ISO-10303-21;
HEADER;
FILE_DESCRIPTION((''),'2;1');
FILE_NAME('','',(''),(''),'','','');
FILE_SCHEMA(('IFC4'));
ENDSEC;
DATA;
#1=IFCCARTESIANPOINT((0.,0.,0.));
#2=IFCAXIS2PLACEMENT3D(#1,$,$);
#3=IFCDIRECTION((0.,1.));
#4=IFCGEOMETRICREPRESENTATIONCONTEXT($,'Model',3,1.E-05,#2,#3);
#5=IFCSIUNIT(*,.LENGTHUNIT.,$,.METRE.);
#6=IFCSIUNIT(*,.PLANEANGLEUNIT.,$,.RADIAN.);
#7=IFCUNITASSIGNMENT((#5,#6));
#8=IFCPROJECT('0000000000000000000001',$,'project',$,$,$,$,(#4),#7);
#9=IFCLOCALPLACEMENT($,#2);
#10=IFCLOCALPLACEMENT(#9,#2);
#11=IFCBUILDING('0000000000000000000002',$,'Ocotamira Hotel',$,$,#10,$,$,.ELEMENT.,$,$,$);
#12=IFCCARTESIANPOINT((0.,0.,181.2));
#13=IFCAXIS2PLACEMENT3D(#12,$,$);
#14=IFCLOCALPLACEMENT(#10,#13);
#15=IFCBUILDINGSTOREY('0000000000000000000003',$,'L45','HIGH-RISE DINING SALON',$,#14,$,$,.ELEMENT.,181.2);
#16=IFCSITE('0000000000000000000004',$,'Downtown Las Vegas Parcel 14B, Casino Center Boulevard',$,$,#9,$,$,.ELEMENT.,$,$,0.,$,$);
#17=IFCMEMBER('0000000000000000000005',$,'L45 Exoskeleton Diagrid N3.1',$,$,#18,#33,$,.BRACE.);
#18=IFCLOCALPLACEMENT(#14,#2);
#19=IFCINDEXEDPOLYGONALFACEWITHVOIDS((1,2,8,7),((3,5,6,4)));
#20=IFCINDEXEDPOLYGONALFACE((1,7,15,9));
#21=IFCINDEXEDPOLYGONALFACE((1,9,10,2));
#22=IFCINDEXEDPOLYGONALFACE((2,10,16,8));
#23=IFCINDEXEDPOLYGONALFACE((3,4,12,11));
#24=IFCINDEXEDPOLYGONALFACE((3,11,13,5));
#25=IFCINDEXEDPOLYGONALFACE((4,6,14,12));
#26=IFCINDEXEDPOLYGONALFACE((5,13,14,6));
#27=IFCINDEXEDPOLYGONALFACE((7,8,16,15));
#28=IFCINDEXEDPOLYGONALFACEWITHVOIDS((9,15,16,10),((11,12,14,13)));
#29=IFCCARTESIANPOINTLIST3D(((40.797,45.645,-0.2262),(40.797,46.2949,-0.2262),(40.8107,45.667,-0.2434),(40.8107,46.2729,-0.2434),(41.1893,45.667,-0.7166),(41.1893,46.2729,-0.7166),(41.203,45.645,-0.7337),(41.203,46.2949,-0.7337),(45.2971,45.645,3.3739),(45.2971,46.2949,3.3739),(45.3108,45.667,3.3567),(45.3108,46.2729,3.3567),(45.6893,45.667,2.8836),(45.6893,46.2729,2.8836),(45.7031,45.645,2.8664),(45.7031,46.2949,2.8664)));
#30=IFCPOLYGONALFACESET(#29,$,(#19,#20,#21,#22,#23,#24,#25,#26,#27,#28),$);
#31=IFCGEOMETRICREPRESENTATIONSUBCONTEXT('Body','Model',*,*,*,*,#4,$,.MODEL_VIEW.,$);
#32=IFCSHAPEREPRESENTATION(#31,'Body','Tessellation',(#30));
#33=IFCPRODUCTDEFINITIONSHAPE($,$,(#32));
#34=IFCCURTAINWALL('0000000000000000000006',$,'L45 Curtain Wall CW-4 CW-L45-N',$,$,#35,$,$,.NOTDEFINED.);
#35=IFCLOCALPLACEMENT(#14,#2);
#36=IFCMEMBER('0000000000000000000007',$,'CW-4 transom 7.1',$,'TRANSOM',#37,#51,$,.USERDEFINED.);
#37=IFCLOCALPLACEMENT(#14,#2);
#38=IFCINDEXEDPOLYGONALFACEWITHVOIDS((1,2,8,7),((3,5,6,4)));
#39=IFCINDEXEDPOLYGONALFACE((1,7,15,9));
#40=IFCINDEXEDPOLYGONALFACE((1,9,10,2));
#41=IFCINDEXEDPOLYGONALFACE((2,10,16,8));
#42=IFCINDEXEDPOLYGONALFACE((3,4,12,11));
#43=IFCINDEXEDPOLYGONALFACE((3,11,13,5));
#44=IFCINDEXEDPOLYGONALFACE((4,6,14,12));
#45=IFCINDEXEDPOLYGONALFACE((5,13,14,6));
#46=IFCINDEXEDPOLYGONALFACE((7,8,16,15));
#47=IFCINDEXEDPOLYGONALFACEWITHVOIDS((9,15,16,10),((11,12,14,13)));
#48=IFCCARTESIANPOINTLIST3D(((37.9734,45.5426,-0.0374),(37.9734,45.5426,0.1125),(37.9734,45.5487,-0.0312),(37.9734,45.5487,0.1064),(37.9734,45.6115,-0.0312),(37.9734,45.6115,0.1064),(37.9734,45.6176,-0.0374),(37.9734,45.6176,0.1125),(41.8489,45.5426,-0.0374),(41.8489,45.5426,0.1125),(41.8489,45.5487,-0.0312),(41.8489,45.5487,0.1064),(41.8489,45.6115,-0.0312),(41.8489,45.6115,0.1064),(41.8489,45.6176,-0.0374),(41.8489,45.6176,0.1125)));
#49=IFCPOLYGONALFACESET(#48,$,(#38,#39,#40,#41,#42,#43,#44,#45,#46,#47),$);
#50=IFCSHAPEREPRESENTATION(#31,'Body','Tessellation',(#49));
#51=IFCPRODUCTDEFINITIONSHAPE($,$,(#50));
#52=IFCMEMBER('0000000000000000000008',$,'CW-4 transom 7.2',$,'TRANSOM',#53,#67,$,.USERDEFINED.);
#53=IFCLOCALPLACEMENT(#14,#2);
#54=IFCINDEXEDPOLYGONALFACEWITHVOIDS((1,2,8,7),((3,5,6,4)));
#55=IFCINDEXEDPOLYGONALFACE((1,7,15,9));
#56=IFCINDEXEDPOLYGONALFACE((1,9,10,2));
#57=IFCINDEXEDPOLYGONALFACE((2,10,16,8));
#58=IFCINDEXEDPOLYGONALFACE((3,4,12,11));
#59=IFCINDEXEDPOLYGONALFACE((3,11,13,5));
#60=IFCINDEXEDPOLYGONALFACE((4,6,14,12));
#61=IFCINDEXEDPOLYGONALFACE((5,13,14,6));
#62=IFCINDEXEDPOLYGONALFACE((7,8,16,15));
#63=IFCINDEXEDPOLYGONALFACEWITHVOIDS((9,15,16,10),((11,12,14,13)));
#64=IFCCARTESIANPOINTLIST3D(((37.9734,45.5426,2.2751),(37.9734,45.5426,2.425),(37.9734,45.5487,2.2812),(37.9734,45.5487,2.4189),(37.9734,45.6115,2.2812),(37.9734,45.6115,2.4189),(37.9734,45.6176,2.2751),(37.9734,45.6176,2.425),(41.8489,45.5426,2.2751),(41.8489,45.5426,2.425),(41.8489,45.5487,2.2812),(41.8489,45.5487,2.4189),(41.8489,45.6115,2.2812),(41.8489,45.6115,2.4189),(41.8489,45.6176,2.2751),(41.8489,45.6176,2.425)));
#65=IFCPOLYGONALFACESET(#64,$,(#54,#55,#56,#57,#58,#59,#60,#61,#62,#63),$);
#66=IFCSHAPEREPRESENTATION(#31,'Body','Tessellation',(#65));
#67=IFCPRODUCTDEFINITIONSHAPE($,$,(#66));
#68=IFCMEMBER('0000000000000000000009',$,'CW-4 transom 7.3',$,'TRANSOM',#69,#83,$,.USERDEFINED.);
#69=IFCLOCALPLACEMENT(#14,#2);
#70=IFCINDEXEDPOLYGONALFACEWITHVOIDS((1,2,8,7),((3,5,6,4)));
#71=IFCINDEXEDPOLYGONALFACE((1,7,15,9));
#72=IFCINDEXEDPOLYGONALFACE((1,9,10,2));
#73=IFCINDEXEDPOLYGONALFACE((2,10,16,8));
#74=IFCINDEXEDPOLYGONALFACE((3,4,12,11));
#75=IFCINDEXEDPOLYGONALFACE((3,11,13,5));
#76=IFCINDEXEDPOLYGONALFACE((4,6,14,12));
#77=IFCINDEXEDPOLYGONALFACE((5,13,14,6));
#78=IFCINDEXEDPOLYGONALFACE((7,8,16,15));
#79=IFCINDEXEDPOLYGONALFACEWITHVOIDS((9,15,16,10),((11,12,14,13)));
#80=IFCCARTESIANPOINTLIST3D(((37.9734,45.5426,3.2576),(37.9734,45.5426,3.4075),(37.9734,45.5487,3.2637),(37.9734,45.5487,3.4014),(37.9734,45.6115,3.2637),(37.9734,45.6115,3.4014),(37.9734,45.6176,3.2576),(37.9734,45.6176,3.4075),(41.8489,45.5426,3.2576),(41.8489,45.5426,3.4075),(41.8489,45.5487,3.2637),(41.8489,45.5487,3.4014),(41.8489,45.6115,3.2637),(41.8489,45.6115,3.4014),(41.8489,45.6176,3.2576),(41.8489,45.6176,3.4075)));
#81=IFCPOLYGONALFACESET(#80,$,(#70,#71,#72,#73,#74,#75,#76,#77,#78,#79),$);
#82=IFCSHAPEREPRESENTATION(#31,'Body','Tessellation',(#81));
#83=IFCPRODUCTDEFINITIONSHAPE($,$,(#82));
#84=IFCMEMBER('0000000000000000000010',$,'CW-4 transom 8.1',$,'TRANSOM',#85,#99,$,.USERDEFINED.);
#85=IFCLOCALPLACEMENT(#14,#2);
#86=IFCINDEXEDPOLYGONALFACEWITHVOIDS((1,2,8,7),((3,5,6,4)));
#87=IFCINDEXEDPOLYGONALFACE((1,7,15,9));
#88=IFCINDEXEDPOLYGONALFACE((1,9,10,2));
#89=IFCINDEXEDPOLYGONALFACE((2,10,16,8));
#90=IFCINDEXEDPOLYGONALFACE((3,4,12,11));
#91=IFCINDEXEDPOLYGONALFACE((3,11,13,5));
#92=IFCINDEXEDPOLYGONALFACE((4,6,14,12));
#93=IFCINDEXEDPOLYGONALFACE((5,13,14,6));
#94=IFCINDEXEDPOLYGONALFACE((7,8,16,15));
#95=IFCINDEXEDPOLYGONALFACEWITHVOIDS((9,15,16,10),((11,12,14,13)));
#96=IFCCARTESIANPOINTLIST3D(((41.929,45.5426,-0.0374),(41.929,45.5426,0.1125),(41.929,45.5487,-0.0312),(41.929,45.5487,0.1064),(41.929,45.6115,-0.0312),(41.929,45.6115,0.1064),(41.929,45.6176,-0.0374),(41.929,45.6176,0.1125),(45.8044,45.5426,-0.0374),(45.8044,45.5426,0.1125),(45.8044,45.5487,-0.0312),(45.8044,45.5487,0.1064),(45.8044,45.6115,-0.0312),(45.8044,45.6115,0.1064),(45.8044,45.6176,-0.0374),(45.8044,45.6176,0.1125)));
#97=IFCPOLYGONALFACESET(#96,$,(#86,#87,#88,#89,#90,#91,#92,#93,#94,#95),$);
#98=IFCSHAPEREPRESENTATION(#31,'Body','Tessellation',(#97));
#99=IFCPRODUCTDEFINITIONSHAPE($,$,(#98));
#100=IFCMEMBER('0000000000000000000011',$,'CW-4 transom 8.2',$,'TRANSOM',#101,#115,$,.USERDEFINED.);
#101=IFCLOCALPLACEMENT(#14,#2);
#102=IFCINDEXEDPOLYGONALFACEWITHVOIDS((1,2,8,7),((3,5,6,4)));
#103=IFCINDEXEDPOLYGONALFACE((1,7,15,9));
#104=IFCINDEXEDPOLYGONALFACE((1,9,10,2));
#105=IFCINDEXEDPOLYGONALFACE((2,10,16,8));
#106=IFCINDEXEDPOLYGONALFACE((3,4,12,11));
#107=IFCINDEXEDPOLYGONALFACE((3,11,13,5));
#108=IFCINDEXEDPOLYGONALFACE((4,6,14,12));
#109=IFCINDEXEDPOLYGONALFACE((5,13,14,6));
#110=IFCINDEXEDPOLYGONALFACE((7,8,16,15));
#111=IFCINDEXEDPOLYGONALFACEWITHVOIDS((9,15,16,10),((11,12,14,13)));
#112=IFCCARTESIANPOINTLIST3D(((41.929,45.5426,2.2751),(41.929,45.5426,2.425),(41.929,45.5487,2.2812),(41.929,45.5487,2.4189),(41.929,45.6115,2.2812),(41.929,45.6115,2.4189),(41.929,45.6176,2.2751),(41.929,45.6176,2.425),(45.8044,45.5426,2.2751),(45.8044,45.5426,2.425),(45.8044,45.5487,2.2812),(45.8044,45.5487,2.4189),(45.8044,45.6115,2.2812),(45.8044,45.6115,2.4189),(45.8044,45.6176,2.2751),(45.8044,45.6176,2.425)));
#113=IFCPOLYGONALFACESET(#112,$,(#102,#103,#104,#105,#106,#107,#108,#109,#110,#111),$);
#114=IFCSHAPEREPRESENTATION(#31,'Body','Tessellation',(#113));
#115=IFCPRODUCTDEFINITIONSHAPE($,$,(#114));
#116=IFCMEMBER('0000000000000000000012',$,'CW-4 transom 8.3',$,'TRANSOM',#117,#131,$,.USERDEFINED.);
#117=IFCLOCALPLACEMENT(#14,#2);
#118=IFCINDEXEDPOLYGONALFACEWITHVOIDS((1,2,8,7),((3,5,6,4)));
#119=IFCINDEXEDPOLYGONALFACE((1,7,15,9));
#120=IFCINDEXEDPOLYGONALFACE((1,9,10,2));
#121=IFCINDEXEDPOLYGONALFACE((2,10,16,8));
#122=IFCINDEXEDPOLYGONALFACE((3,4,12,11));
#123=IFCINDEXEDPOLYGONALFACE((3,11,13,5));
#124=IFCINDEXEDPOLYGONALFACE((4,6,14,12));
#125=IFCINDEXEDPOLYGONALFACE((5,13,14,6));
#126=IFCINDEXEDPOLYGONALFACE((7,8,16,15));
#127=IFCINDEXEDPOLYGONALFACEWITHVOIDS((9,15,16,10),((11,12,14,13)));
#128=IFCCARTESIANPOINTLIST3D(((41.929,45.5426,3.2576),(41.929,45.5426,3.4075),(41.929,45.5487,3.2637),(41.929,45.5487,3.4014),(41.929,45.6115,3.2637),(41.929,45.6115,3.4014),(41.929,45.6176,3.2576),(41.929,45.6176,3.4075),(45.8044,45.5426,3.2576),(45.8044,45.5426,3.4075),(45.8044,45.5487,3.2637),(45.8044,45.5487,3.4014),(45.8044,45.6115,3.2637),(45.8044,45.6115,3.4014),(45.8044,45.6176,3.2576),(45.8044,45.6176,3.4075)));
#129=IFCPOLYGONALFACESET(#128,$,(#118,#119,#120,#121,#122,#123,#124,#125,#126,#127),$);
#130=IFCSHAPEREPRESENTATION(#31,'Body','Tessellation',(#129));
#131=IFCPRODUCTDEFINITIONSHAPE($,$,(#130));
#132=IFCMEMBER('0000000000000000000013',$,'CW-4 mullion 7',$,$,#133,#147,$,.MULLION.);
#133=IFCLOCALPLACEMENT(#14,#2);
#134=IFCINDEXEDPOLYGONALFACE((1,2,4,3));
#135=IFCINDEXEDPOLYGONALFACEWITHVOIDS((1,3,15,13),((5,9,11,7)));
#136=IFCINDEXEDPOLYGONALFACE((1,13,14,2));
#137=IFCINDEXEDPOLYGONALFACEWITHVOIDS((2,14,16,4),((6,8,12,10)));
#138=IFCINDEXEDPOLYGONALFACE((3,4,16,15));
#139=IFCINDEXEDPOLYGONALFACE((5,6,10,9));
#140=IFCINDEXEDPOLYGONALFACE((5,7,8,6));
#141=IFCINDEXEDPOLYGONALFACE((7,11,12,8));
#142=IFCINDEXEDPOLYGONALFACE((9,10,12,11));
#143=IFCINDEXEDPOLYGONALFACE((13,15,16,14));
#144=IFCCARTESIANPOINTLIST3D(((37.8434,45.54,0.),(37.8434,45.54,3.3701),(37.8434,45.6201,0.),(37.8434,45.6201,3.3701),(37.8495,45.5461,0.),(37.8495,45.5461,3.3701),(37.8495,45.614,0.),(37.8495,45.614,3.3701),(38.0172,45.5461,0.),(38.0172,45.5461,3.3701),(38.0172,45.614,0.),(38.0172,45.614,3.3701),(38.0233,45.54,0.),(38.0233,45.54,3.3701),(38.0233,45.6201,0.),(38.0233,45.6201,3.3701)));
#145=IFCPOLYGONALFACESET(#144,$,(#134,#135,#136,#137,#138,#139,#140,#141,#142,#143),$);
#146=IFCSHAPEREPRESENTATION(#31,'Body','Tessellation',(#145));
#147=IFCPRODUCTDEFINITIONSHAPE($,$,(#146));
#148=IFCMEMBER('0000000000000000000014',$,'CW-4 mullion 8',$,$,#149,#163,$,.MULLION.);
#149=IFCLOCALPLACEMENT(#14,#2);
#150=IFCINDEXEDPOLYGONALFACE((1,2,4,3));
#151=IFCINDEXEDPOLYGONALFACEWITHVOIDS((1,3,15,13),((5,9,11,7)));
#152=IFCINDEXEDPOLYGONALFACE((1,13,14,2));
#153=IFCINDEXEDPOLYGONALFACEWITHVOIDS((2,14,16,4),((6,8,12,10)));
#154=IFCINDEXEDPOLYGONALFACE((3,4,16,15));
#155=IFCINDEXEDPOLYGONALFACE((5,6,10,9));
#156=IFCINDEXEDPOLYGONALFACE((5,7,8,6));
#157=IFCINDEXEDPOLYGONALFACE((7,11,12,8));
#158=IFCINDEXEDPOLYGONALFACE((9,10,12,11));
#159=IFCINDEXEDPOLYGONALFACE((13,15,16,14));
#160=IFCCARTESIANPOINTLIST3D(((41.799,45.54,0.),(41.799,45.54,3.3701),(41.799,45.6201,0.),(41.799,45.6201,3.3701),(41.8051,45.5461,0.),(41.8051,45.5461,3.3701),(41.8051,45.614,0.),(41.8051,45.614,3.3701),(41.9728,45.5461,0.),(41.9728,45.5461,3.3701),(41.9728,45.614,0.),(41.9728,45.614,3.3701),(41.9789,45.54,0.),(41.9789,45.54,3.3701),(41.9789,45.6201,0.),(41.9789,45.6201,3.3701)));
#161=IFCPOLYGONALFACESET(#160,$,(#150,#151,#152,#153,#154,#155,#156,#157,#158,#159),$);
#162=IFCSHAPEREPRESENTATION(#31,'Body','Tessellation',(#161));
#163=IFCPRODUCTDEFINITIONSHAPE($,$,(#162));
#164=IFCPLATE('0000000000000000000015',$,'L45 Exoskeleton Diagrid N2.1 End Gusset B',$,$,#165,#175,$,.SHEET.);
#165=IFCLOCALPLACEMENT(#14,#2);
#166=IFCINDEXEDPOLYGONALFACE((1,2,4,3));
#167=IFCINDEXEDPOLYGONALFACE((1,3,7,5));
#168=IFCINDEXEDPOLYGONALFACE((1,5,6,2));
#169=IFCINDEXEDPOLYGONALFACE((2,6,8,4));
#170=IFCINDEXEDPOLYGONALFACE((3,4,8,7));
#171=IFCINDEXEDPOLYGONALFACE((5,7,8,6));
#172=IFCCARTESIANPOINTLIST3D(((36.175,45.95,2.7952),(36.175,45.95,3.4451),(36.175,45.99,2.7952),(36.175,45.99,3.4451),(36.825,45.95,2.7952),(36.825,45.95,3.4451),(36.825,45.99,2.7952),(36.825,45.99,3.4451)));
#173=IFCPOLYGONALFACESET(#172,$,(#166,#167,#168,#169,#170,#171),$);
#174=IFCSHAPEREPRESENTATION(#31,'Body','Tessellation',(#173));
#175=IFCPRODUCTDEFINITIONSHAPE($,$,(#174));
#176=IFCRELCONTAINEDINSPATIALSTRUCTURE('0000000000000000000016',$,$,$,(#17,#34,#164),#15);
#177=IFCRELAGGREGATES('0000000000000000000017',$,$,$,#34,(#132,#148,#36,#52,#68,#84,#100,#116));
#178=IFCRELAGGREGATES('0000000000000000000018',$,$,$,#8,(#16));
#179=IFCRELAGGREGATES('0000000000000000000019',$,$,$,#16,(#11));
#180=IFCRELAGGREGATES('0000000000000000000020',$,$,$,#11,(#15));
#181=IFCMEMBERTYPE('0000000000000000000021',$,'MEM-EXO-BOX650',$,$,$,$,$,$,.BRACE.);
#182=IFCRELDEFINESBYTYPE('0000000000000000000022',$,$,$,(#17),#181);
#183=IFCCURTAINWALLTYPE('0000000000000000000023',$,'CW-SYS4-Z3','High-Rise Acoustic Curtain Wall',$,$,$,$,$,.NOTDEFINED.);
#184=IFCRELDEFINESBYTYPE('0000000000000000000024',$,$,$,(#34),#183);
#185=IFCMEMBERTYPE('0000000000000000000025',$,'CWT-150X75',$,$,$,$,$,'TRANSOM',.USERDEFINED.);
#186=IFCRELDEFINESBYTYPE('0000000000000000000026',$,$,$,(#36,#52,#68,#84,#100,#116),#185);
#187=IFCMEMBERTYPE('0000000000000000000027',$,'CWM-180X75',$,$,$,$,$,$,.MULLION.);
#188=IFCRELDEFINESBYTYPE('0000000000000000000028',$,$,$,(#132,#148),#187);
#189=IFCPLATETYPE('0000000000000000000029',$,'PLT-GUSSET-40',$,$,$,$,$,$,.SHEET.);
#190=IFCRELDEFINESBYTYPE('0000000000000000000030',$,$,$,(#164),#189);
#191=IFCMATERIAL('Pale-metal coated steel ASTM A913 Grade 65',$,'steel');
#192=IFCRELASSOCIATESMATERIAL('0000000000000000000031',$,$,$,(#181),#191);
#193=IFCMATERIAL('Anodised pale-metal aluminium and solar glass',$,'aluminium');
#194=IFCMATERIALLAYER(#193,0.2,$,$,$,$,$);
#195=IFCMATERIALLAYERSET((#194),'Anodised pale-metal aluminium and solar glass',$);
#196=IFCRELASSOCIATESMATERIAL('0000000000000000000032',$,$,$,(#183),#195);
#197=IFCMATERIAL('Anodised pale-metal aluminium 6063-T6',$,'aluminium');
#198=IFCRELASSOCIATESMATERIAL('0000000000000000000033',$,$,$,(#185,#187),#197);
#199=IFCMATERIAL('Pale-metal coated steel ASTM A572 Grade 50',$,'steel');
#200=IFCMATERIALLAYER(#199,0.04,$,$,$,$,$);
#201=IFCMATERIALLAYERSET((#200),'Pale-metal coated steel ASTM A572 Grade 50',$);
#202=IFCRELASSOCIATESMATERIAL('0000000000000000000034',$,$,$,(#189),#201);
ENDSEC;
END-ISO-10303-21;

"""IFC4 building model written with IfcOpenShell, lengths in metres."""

from ifc_helpers import new_model, si_unit, direction, frame, origin, origin_2d, place, context, subcontext, project, spatial, rectangle, hollow_rectangle, extrude, source, transform, mapped, material, layer, layer_set, material_profile, profile_set, type_object, element, aggregate, save


model = new_model("IFC4")

# Units and contexts
model_context = context("Model", 3, precision=1e-05, world=origin(), true_north=direction((0.0, 1.0)))
body_context = subcontext(model_context, "Body", "Model", "MODEL_VIEW")
ifc_project = project(units=[si_unit("LENGTHUNIT", "METRE"), si_unit("PLANEANGLEUNIT", "RADIAN")], contexts=[model_context])

# Site, building, storey
site_placement = place(None, origin())
site = spatial("IfcSite", under=ifc_project, at=site_placement, Name="Downtown Las Vegas Parcel 14B, Casino Center Boulevard", CompositionType="ELEMENT", RefElevation=0.0)
building_placement = place(site_placement, origin())
building = spatial("IfcBuilding", under=site, at=building_placement, Name="Ocotamira Hotel", CompositionType="ELEMENT")
storey_placement = place(building_placement, frame((0.0, 0.0, 181.2)))
storey = spatial("IfcBuildingStorey", under=building, at=storey_placement, Name="L45", Description="HIGH-RISE DINING SALON", CompositionType="ELEMENT", Elevation=181.2)

# Member
ifc_material_1 = material(Name="Pale-metal coated steel ASTM A913 Grade 65", Category="steel")
ifc_material_profile_1 = material_profile(ifc_material_1, hollow_rectangle(XDim=0.6499, YDim=0.6499, WallThickness=0.022, at=origin_2d()), Name="BOX650X650X22")
ifc_profile_set_1 = profile_set([ifc_material_profile_1], Name="Pale-metal coated steel ASTM A913 Grade 65")
member_type_1 = type_object("IfcMemberType", Name="MEM-EXO-BOX650", PredefinedType="BRACE", material=ifc_profile_set_1)
shared_shape_1 = source(origin(), body_context, "Body", "SweptSolid", [
    extrude(hollow_rectangle(XDim=0.6499, YDim=0.6499, WallThickness=0.022, at=origin_2d()), origin(), (0.0, 0.0, 1.0), 5.7629),
])
for number, where, z_axis, x_axis, name in (
    (1, (41.0, 45.97, -0.48), (0.780861, 0.0, 0.624705), (0.0, 1.0, 0.0), "L45 Exoskeleton Diagrid N3.1"),
):
    element("IfcMember", number, at=place(storey_placement, frame(where, z_axis=z_axis, x_axis=x_axis)), inside=storey, type_object=member_type_1, Name=name, PredefinedType="BRACE", context=body_context, shape_type="MappedRepresentation", body=[
        mapped(shared_shape_1, transform((0.0, 0.0, 0.0), scale=1.0)),
    ])

# Curtain wall, members
ifc_material_2 = material(Name="Anodised pale-metal aluminium and solar glass", Category="aluminium")
ifc_layer_1 = layer(ifc_material_2, 0.2)
ifc_layer_set_1 = layer_set([ifc_layer_1], Name="Anodised pale-metal aluminium and solar glass")
curtain_wall_type = type_object("IfcCurtainWallType", Name="CW-SYS4-Z3", Description="High-Rise Acoustic Curtain Wall", PredefinedType="NOTDEFINED", material=ifc_layer_set_1)
curtain_wall_placement = place(storey_placement, origin())
curtain_wall = element("IfcCurtainWall", 2, at=curtain_wall_placement, inside=storey, type_object=curtain_wall_type, Name="L45 Curtain Wall CW-4 CW-L45-N", PredefinedType="NOTDEFINED")
ifc_material_3 = material(Name="Anodised pale-metal aluminium 6063-T6", Category="aluminium")
ifc_material_profile_2 = material_profile(ifc_material_3, hollow_rectangle(XDim=0.075, YDim=0.1499, WallThickness=0.0061, at=origin_2d()), Name="HSS150X75X6")
ifc_profile_set_2 = profile_set([ifc_material_profile_2], Name="Anodised pale-metal aluminium 6063-T6")
member_type_2 = type_object("IfcMemberType", Name="CWT-150X75", ElementType="TRANSOM", PredefinedType="USERDEFINED", material=ifc_profile_set_2)
shared_shape_2 = source(origin(), body_context, "Body", "SweptSolid", [
    extrude(hollow_rectangle(XDim=0.075, YDim=0.1499, WallThickness=0.0061, at=origin_2d()), origin(), (0.0, 0.0, 1.0), 3.8755),
])
member_1_placement = place(storey_placement, frame((37.9734, 45.5801, 0.0376), z_axis=(1.0, 0.0, 0.0), x_axis=(0.0, 1.0, 0.0)))
member_1 = element("IfcMember", 3, at=member_1_placement, type_object=member_type_2, Name="CW-4 transom 7.1", ObjectType="TRANSOM", PredefinedType="USERDEFINED", context=body_context, shape_type="MappedRepresentation", body=[
    mapped(shared_shape_2, transform((0.0, 0.0, 0.0), scale=1.0)),
])
member_2_placement = place(storey_placement, frame((37.9734, 45.5801, 2.3501), z_axis=(1.0, 0.0, 0.0), x_axis=(0.0, 1.0, 0.0)))
member_2 = element("IfcMember", 4, at=member_2_placement, type_object=member_type_2, Name="CW-4 transom 7.2", ObjectType="TRANSOM", PredefinedType="USERDEFINED", context=body_context, shape_type="MappedRepresentation", body=[
    mapped(shared_shape_2, transform((0.0, 0.0, 0.0), scale=1.0)),
])
member_3_placement = place(storey_placement, frame((37.9734, 45.5801, 3.3325), z_axis=(1.0, 0.0, 0.0), x_axis=(0.0, 1.0, 0.0)))
member_3 = element("IfcMember", 5, at=member_3_placement, type_object=member_type_2, Name="CW-4 transom 7.3", ObjectType="TRANSOM", PredefinedType="USERDEFINED", context=body_context, shape_type="MappedRepresentation", body=[
    mapped(shared_shape_2, transform((0.0, 0.0, 0.0), scale=1.0)),
])
member_4_placement = place(storey_placement, frame((41.929, 45.5801, 0.0376), z_axis=(1.0, 0.0, 0.0), x_axis=(0.0, 1.0, 0.0)))
member_4 = element("IfcMember", 6, at=member_4_placement, type_object=member_type_2, Name="CW-4 transom 8.1", ObjectType="TRANSOM", PredefinedType="USERDEFINED", context=body_context, shape_type="MappedRepresentation", body=[
    mapped(shared_shape_2, transform((0.0, 0.0, 0.0), scale=1.0)),
])
member_5_placement = place(storey_placement, frame((41.929, 45.5801, 2.3501), z_axis=(1.0, 0.0, 0.0), x_axis=(0.0, 1.0, 0.0)))
member_5 = element("IfcMember", 7, at=member_5_placement, type_object=member_type_2, Name="CW-4 transom 8.2", ObjectType="TRANSOM", PredefinedType="USERDEFINED", context=body_context, shape_type="MappedRepresentation", body=[
    mapped(shared_shape_2, transform((0.0, 0.0, 0.0), scale=1.0)),
])
member_6_placement = place(storey_placement, frame((41.929, 45.5801, 3.3325), z_axis=(1.0, 0.0, 0.0), x_axis=(0.0, 1.0, 0.0)))
member_6 = element("IfcMember", 8, at=member_6_placement, type_object=member_type_2, Name="CW-4 transom 8.3", ObjectType="TRANSOM", PredefinedType="USERDEFINED", context=body_context, shape_type="MappedRepresentation", body=[
    mapped(shared_shape_2, transform((0.0, 0.0, 0.0), scale=1.0)),
])
ifc_material_profile_3 = material_profile(ifc_material_3, hollow_rectangle(XDim=0.0801, YDim=0.1799, WallThickness=0.0061, at=origin_2d()), Name="HSS180X80X6")
ifc_profile_set_3 = profile_set([ifc_material_profile_3], Name="Anodised pale-metal aluminium 6063-T6")
member_type_3 = type_object("IfcMemberType", Name="CWM-180X75", PredefinedType="MULLION", material=ifc_profile_set_3)
shared_shape_3 = source(origin(), body_context, "Body", "SweptSolid", [
    extrude(hollow_rectangle(XDim=0.0801, YDim=0.1799, WallThickness=0.0061, at=origin_2d()), origin(), (0.0, 0.0, 1.0), 3.3701),
])
member_7_placement = place(storey_placement, frame((37.9333, 45.5801, 0.0), z_axis=(0.0, 0.0, 1.0), x_axis=(0.0, 1.0, 0.0)))
member_7 = element("IfcMember", 9, at=member_7_placement, type_object=member_type_3, Name="CW-4 mullion 7", PredefinedType="MULLION", context=body_context, shape_type="MappedRepresentation", body=[
    mapped(shared_shape_3, transform((0.0, 0.0, 0.0), scale=1.0)),
])
member_8_placement = place(storey_placement, frame((41.8889, 45.5801, 0.0), z_axis=(0.0, 0.0, 1.0), x_axis=(0.0, 1.0, 0.0)))
member_8 = element("IfcMember", 10, at=member_8_placement, type_object=member_type_3, Name="CW-4 mullion 8", PredefinedType="MULLION", context=body_context, shape_type="MappedRepresentation", body=[
    mapped(shared_shape_3, transform((0.0, 0.0, 0.0), scale=1.0)),
])

# Plate
ifc_material_4 = material(Name="Pale-metal coated steel ASTM A572 Grade 50", Category="steel")
ifc_layer_2 = layer(ifc_material_4, 0.04)
ifc_layer_set_2 = layer_set([ifc_layer_2], Name="Pale-metal coated steel ASTM A572 Grade 50")
plate_type_1 = type_object("IfcPlateType", Name="PLT-GUSSET-40", PredefinedType="SHEET", material=ifc_layer_set_2)
shared_shape_4 = source(origin(), body_context, "Body", "SweptSolid", [
    extrude(rectangle(XDim=0.6499, YDim=0.04, at=origin_2d()), origin(), (0.0, 0.0, 1.0), 0.6499),
])
plate_1_placement = place(storey_placement, frame((36.5, 45.97, 2.7952), z_axis=(0.0, 0.0, 1.0), x_axis=(1.0, 0.0, 0.0)))
element("IfcPlate", 11, at=plate_1_placement, inside=storey, type_object=plate_type_1, Name="L45 Exoskeleton Diagrid N2.1 End Gusset B", PredefinedType="SHEET", context=body_context, shape_type="MappedRepresentation", body=[
    mapped(shared_shape_4, transform((0.0, 0.0, 0.0), scale=1.0)),
])
aggregate(curtain_wall, [member_7, member_8, member_1, member_2, member_3, member_4, member_5, member_6])

save(model, "model.ifc")
